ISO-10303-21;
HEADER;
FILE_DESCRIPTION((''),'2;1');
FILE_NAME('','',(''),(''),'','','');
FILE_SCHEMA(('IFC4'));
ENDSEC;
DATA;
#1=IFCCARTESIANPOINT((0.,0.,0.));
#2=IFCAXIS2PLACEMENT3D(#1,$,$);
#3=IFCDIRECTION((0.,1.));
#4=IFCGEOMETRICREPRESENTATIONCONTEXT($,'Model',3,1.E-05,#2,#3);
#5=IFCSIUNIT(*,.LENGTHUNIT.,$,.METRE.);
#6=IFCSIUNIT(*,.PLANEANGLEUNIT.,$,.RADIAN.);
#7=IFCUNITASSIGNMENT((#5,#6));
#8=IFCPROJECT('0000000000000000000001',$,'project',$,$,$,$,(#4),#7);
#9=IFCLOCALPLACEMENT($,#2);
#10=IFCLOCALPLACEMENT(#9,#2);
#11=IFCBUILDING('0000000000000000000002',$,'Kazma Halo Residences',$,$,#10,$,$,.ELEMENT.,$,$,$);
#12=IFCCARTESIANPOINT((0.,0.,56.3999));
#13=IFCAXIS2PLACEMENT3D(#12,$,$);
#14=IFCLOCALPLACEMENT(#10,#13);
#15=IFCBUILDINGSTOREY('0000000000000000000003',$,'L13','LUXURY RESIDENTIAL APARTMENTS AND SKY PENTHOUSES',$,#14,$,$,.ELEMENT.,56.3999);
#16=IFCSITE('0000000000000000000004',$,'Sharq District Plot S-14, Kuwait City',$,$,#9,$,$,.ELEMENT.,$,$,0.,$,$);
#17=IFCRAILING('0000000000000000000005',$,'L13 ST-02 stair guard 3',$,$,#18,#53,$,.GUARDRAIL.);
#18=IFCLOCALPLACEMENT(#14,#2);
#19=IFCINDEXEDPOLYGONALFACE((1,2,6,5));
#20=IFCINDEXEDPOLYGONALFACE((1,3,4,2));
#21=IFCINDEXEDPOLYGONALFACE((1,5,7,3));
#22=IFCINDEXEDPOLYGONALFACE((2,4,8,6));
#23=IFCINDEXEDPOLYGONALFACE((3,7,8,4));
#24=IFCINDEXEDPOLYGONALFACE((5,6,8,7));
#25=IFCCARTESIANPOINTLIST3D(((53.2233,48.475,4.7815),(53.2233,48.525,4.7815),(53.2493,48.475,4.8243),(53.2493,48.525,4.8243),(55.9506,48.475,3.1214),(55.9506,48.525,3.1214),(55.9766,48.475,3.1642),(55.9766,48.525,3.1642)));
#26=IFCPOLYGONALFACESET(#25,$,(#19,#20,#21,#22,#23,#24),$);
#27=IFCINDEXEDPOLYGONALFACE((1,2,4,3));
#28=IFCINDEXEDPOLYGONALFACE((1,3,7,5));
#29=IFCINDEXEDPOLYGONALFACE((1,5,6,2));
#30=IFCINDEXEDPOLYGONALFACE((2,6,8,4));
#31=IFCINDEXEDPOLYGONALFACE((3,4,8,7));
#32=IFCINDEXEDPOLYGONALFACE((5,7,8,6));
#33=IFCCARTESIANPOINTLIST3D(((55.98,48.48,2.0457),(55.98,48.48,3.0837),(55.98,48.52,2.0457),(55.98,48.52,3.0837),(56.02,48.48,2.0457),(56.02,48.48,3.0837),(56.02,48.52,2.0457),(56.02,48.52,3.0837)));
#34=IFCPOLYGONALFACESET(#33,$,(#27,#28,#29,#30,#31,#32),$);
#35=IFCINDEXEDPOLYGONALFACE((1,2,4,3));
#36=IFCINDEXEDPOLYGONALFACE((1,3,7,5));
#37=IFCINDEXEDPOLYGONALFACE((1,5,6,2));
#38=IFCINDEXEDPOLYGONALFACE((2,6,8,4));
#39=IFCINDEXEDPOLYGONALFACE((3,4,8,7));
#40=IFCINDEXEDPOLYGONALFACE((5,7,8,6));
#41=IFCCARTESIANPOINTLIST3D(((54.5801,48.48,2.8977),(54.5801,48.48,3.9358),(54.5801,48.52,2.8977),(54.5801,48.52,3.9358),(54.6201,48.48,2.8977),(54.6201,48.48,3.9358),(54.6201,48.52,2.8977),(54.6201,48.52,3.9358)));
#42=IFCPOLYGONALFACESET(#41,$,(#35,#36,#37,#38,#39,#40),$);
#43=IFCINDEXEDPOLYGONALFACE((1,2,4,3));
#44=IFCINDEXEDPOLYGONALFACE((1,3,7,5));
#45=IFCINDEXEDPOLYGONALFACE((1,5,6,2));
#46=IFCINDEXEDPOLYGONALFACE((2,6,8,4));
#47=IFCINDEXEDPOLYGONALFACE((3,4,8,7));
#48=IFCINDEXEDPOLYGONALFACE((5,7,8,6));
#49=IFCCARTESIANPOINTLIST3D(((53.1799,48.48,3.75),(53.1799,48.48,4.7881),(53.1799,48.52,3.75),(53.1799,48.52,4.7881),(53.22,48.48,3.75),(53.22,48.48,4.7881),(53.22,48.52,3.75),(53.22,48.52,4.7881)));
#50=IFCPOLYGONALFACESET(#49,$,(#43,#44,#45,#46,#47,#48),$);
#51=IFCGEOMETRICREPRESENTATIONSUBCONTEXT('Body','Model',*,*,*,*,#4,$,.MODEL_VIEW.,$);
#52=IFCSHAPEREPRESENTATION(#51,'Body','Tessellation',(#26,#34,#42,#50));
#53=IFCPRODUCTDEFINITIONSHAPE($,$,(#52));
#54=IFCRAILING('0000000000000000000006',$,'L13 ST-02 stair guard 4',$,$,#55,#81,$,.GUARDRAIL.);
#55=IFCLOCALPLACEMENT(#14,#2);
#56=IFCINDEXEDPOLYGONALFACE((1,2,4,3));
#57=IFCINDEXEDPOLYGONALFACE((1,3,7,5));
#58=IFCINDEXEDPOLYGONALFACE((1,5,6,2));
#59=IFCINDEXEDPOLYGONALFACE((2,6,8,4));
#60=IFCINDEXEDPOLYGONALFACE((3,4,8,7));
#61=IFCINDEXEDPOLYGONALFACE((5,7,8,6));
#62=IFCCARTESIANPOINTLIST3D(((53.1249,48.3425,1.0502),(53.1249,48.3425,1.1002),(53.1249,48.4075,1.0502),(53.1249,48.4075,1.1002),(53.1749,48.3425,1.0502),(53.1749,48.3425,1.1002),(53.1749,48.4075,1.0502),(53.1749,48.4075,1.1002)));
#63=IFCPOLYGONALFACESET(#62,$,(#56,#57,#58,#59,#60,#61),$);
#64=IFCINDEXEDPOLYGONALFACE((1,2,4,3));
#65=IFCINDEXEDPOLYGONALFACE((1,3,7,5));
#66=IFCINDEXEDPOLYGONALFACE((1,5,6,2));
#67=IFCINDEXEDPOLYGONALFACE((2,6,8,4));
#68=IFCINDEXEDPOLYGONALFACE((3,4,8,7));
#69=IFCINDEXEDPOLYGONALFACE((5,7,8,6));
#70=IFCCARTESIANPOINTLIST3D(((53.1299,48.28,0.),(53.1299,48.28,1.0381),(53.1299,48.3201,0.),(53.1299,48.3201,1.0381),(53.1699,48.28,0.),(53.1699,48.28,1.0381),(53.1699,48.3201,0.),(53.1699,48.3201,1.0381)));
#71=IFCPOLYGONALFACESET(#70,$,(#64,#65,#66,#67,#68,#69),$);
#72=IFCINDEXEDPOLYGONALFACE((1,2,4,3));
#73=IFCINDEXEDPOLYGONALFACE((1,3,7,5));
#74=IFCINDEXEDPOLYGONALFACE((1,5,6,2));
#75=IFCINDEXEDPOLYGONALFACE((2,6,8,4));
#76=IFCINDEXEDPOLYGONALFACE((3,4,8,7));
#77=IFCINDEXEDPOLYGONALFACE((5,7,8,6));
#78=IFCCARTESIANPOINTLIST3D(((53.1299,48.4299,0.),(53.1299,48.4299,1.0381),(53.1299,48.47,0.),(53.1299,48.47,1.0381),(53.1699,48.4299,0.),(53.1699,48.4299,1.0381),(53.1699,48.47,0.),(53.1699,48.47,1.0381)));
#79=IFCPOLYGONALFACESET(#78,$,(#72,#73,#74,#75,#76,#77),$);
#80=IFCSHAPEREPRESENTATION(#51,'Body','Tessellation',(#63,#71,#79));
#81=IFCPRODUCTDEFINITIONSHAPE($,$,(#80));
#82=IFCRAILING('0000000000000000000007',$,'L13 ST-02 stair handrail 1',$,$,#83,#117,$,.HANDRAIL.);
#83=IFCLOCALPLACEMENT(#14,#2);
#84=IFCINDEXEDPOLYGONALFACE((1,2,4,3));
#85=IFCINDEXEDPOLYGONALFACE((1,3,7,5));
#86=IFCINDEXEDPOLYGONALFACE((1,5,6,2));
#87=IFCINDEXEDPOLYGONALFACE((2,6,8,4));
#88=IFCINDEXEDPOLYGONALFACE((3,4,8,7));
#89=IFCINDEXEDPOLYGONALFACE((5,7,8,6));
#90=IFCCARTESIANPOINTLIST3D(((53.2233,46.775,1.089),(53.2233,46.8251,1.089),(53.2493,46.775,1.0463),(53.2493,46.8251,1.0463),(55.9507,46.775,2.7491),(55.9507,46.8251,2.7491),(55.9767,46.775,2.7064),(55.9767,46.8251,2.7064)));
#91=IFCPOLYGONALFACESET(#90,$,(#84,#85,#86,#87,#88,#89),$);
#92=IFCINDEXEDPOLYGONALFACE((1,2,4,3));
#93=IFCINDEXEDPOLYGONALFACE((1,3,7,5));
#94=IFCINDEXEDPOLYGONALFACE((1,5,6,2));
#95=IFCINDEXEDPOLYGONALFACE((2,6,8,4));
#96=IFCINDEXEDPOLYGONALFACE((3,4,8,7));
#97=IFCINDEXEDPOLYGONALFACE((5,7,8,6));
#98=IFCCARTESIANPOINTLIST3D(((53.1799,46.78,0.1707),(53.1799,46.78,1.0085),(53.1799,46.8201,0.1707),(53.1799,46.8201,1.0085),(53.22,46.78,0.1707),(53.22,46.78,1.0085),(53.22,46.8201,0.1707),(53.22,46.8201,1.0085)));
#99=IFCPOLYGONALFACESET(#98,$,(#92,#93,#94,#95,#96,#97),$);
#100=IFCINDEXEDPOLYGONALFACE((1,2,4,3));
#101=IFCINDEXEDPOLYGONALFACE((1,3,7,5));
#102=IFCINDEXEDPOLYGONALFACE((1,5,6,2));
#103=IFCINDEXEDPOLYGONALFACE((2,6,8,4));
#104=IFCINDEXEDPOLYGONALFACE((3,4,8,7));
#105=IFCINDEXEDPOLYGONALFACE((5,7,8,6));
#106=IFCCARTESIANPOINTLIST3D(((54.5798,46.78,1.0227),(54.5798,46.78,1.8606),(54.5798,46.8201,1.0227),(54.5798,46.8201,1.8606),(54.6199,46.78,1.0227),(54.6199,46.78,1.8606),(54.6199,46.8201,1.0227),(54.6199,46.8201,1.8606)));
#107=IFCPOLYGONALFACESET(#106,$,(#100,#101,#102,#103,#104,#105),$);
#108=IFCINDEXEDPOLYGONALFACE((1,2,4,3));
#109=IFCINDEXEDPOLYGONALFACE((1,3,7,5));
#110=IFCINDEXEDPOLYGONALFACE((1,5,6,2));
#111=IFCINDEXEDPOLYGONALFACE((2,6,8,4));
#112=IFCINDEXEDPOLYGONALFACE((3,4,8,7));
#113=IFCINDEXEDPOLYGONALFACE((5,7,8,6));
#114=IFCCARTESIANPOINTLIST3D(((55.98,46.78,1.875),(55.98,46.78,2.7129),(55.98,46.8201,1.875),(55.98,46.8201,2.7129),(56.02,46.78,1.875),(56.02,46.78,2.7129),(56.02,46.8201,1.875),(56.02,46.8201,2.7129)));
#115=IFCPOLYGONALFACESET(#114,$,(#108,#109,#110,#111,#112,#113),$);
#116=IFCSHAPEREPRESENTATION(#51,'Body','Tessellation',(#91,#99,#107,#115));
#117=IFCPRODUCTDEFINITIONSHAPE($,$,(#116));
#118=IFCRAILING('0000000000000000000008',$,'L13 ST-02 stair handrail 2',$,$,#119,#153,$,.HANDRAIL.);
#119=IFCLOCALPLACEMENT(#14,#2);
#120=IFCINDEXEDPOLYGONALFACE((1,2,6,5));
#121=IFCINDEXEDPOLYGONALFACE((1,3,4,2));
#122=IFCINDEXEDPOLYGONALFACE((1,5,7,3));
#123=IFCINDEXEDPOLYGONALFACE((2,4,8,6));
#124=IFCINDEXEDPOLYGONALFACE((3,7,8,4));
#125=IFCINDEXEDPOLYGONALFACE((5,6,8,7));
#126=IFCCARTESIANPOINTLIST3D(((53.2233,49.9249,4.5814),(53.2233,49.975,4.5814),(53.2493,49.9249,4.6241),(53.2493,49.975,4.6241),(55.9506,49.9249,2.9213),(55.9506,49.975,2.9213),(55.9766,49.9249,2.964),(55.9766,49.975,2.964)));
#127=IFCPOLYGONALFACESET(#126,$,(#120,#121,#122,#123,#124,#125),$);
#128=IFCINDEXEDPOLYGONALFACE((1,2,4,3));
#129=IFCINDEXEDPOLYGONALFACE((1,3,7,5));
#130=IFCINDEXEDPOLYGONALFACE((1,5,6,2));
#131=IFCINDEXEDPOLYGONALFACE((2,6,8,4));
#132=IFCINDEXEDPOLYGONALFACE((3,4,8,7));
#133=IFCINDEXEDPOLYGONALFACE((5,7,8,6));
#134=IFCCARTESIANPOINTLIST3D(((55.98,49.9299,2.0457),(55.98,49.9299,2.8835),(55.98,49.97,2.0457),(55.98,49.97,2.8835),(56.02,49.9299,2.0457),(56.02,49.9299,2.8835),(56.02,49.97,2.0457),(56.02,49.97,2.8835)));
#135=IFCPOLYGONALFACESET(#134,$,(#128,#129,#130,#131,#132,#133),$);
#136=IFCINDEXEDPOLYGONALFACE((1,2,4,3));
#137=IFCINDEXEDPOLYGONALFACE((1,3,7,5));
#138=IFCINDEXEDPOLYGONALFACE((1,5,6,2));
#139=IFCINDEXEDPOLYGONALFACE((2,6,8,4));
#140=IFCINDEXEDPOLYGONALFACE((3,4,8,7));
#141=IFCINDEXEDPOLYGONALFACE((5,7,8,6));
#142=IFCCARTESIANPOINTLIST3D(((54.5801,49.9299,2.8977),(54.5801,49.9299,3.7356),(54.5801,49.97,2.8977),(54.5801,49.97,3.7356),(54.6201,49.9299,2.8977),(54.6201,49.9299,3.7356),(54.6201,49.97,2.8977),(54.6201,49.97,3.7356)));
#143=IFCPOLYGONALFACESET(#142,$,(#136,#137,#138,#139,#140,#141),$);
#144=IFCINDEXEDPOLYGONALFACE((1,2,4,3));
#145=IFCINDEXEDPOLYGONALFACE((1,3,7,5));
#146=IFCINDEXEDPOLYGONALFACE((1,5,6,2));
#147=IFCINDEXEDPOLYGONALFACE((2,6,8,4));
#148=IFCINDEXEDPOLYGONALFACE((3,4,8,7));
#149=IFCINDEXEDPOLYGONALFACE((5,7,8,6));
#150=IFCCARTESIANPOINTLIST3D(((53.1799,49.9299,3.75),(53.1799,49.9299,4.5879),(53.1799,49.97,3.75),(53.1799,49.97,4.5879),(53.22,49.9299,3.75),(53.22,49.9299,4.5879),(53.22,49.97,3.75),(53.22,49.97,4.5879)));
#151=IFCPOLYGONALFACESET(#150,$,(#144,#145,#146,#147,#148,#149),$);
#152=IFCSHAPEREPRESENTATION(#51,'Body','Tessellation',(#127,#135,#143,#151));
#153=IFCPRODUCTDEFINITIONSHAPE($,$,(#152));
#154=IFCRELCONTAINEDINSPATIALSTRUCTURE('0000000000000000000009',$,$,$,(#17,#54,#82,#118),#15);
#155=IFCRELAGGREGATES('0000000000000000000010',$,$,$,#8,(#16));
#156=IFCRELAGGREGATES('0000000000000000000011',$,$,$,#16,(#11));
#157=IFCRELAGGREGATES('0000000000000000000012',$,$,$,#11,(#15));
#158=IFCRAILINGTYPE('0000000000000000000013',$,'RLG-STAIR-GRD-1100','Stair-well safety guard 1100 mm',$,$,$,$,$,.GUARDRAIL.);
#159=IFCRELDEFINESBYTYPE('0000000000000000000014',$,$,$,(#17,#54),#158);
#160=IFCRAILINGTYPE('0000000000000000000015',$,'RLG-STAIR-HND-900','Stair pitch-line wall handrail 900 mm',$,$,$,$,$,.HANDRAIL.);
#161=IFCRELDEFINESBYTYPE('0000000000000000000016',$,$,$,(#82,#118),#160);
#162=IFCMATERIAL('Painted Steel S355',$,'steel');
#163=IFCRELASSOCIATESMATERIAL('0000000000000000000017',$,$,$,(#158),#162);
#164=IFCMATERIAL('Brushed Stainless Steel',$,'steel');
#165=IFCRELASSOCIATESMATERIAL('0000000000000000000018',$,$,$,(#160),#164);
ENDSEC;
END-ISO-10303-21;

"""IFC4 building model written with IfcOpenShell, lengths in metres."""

from ifc_helpers import new_model, si_unit, direction, frame, origin, origin_2d, place, context, subcontext, project, spatial, rectangle, extrude, material, type_object, element, save


model = new_model("IFC4")

# Units and contexts
model_context = context("Model", 3, precision=1e-05, world=origin(), true_north=direction((0.0, 1.0)))
body_context = subcontext(model_context, "Body", "Model", "MODEL_VIEW")
ifc_project = project(units=[si_unit("LENGTHUNIT", "METRE"), si_unit("PLANEANGLEUNIT", "RADIAN")], contexts=[model_context])

# Site, building, storey
site_placement = place(None, origin())
site = spatial("IfcSite", under=ifc_project, at=site_placement, Name="Sharq District Plot S-14, Kuwait City", CompositionType="ELEMENT", RefElevation=0.0)
building_placement = place(site_placement, origin())
building = spatial("IfcBuilding", under=site, at=building_placement, Name="Kazma Halo Residences", CompositionType="ELEMENT")
storey_placement = place(building_placement, frame((0.0, 0.0, 56.3999)))
storey = spatial("IfcBuildingStorey", under=building, at=storey_placement, Name="L13", Description="LUXURY RESIDENTIAL APARTMENTS AND SKY PENTHOUSES", CompositionType="ELEMENT", Elevation=56.3999)

# Railings
ifc_material_1 = material(Name="Painted Steel S355", Category="steel")
railing_type_1 = type_object("IfcRailingType", Name="RLG-STAIR-GRD-1100", Description="Stair-well safety guard 1100 mm", PredefinedType="GUARDRAIL", material=ifc_material_1)
railing_1_placement = place(storey_placement, frame((56.0, 48.5, 2.0457)))
element("IfcRailing", 1, at=railing_1_placement, inside=storey, type_object=railing_type_1, Name="L13 ST-02 stair guard 3", PredefinedType="GUARDRAIL", context=body_context, shape_type="SweptSolid", body=[
    extrude(rectangle(XDim=0.05, YDim=0.05, at=origin_2d()), frame((-0.0364, 0.0, 1.0972), z_axis=(-0.854203, 0.0, 0.51994), x_axis=(0.0, -1.0, 0.0)), (0.0, 0.0, 1.0), 3.1929),
    extrude(rectangle(XDim=0.04, YDim=0.04, at=origin_2d()), origin(), (0.0, 0.0, 1.0), 1.0381),
    extrude(rectangle(XDim=0.04, YDim=0.04, at=origin_2d()), frame((-1.3999, 0.0, 0.8521)), (0.0, 0.0, 1.0), 1.0381),
    extrude(rectangle(XDim=0.04, YDim=0.04, at=origin_2d()), frame((-2.8, 0.0, 1.7043)), (0.0, 0.0, 1.0), 1.0381),
])
railing_2_placement = place(storey_placement, frame((53.1499, 48.3, 0.0)))
element("IfcRailing", 2, at=railing_2_placement, inside=storey, type_object=railing_type_1, Name="L13 ST-02 stair guard 4", PredefinedType="GUARDRAIL", context=body_context, shape_type="SweptSolid", body=[
    extrude(rectangle(XDim=0.05, YDim=0.05, at=origin_2d()), frame((0.0, 0.0425, 1.0752), z_axis=(0.0, 1.0, 0.0), x_axis=(-1.0, 0.0, 0.0)), (0.0, 0.0, 1.0), 0.0649),
    extrude(rectangle(XDim=0.04, YDim=0.04, at=origin_2d()), origin(), (0.0, 0.0, 1.0), 1.0381),
    extrude(rectangle(XDim=0.04, YDim=0.04, at=origin_2d()), frame((0.0, 0.1499, 0.0)), (0.0, 0.0, 1.0), 1.0381),
])
ifc_material_2 = material(Name="Brushed Stainless Steel", Category="steel")
railing_type_2 = type_object("IfcRailingType", Name="RLG-STAIR-HND-900", Description="Stair pitch-line wall handrail 900 mm", PredefinedType="HANDRAIL", material=ifc_material_2)
railing_3_placement = place(storey_placement, frame((53.2, 46.8, 0.1707)))
element("IfcRailing", 3, at=railing_3_placement, inside=storey, type_object=railing_type_2, Name="L13 ST-02 stair handrail 1", PredefinedType="HANDRAIL", context=body_context, shape_type="SweptSolid", body=[
    extrude(rectangle(XDim=0.05, YDim=0.05, at=origin_2d()), frame((0.0364, 0.0, 0.897), z_axis=(0.854203, 0.0, 0.51994), x_axis=(0.0, 1.0, 0.0)), (0.0, 0.0, 1.0), 3.1929),
    extrude(rectangle(XDim=0.04, YDim=0.04, at=origin_2d()), origin(), (0.0, 0.0, 1.0), 0.8379),
    extrude(rectangle(XDim=0.04, YDim=0.04, at=origin_2d()), frame((1.3999, 0.0, 0.8521)), (0.0, 0.0, 1.0), 0.8379),
    extrude(rectangle(XDim=0.04, YDim=0.04, at=origin_2d()), frame((2.8, 0.0, 1.7043)), (0.0, 0.0, 1.0), 0.8379),
])
railing_4_placement = place(storey_placement, frame((56.0, 49.95, 2.0457)))
element("IfcRailing", 4, at=railing_4_placement, inside=storey, type_object=railing_type_2, Name="L13 ST-02 stair handrail 2", PredefinedType="HANDRAIL", context=body_context, shape_type="SweptSolid", body=[
    extrude(rectangle(XDim=0.05, YDim=0.05, at=origin_2d()), frame((-0.0364, 0.0, 0.897), z_axis=(-0.854203, 0.0, 0.51994), x_axis=(0.0, -1.0, 0.0)), (0.0, 0.0, 1.0), 3.1929),
    extrude(rectangle(XDim=0.04, YDim=0.04, at=origin_2d()), origin(), (0.0, 0.0, 1.0), 0.8379),
    extrude(rectangle(XDim=0.04, YDim=0.04, at=origin_2d()), frame((-1.3999, 0.0, 0.8521)), (0.0, 0.0, 1.0), 0.8379),
    extrude(rectangle(XDim=0.04, YDim=0.04, at=origin_2d()), frame((-2.8, 0.0, 1.7043)), (0.0, 0.0, 1.0), 0.8379),
])

save(model, "model.ifc")
